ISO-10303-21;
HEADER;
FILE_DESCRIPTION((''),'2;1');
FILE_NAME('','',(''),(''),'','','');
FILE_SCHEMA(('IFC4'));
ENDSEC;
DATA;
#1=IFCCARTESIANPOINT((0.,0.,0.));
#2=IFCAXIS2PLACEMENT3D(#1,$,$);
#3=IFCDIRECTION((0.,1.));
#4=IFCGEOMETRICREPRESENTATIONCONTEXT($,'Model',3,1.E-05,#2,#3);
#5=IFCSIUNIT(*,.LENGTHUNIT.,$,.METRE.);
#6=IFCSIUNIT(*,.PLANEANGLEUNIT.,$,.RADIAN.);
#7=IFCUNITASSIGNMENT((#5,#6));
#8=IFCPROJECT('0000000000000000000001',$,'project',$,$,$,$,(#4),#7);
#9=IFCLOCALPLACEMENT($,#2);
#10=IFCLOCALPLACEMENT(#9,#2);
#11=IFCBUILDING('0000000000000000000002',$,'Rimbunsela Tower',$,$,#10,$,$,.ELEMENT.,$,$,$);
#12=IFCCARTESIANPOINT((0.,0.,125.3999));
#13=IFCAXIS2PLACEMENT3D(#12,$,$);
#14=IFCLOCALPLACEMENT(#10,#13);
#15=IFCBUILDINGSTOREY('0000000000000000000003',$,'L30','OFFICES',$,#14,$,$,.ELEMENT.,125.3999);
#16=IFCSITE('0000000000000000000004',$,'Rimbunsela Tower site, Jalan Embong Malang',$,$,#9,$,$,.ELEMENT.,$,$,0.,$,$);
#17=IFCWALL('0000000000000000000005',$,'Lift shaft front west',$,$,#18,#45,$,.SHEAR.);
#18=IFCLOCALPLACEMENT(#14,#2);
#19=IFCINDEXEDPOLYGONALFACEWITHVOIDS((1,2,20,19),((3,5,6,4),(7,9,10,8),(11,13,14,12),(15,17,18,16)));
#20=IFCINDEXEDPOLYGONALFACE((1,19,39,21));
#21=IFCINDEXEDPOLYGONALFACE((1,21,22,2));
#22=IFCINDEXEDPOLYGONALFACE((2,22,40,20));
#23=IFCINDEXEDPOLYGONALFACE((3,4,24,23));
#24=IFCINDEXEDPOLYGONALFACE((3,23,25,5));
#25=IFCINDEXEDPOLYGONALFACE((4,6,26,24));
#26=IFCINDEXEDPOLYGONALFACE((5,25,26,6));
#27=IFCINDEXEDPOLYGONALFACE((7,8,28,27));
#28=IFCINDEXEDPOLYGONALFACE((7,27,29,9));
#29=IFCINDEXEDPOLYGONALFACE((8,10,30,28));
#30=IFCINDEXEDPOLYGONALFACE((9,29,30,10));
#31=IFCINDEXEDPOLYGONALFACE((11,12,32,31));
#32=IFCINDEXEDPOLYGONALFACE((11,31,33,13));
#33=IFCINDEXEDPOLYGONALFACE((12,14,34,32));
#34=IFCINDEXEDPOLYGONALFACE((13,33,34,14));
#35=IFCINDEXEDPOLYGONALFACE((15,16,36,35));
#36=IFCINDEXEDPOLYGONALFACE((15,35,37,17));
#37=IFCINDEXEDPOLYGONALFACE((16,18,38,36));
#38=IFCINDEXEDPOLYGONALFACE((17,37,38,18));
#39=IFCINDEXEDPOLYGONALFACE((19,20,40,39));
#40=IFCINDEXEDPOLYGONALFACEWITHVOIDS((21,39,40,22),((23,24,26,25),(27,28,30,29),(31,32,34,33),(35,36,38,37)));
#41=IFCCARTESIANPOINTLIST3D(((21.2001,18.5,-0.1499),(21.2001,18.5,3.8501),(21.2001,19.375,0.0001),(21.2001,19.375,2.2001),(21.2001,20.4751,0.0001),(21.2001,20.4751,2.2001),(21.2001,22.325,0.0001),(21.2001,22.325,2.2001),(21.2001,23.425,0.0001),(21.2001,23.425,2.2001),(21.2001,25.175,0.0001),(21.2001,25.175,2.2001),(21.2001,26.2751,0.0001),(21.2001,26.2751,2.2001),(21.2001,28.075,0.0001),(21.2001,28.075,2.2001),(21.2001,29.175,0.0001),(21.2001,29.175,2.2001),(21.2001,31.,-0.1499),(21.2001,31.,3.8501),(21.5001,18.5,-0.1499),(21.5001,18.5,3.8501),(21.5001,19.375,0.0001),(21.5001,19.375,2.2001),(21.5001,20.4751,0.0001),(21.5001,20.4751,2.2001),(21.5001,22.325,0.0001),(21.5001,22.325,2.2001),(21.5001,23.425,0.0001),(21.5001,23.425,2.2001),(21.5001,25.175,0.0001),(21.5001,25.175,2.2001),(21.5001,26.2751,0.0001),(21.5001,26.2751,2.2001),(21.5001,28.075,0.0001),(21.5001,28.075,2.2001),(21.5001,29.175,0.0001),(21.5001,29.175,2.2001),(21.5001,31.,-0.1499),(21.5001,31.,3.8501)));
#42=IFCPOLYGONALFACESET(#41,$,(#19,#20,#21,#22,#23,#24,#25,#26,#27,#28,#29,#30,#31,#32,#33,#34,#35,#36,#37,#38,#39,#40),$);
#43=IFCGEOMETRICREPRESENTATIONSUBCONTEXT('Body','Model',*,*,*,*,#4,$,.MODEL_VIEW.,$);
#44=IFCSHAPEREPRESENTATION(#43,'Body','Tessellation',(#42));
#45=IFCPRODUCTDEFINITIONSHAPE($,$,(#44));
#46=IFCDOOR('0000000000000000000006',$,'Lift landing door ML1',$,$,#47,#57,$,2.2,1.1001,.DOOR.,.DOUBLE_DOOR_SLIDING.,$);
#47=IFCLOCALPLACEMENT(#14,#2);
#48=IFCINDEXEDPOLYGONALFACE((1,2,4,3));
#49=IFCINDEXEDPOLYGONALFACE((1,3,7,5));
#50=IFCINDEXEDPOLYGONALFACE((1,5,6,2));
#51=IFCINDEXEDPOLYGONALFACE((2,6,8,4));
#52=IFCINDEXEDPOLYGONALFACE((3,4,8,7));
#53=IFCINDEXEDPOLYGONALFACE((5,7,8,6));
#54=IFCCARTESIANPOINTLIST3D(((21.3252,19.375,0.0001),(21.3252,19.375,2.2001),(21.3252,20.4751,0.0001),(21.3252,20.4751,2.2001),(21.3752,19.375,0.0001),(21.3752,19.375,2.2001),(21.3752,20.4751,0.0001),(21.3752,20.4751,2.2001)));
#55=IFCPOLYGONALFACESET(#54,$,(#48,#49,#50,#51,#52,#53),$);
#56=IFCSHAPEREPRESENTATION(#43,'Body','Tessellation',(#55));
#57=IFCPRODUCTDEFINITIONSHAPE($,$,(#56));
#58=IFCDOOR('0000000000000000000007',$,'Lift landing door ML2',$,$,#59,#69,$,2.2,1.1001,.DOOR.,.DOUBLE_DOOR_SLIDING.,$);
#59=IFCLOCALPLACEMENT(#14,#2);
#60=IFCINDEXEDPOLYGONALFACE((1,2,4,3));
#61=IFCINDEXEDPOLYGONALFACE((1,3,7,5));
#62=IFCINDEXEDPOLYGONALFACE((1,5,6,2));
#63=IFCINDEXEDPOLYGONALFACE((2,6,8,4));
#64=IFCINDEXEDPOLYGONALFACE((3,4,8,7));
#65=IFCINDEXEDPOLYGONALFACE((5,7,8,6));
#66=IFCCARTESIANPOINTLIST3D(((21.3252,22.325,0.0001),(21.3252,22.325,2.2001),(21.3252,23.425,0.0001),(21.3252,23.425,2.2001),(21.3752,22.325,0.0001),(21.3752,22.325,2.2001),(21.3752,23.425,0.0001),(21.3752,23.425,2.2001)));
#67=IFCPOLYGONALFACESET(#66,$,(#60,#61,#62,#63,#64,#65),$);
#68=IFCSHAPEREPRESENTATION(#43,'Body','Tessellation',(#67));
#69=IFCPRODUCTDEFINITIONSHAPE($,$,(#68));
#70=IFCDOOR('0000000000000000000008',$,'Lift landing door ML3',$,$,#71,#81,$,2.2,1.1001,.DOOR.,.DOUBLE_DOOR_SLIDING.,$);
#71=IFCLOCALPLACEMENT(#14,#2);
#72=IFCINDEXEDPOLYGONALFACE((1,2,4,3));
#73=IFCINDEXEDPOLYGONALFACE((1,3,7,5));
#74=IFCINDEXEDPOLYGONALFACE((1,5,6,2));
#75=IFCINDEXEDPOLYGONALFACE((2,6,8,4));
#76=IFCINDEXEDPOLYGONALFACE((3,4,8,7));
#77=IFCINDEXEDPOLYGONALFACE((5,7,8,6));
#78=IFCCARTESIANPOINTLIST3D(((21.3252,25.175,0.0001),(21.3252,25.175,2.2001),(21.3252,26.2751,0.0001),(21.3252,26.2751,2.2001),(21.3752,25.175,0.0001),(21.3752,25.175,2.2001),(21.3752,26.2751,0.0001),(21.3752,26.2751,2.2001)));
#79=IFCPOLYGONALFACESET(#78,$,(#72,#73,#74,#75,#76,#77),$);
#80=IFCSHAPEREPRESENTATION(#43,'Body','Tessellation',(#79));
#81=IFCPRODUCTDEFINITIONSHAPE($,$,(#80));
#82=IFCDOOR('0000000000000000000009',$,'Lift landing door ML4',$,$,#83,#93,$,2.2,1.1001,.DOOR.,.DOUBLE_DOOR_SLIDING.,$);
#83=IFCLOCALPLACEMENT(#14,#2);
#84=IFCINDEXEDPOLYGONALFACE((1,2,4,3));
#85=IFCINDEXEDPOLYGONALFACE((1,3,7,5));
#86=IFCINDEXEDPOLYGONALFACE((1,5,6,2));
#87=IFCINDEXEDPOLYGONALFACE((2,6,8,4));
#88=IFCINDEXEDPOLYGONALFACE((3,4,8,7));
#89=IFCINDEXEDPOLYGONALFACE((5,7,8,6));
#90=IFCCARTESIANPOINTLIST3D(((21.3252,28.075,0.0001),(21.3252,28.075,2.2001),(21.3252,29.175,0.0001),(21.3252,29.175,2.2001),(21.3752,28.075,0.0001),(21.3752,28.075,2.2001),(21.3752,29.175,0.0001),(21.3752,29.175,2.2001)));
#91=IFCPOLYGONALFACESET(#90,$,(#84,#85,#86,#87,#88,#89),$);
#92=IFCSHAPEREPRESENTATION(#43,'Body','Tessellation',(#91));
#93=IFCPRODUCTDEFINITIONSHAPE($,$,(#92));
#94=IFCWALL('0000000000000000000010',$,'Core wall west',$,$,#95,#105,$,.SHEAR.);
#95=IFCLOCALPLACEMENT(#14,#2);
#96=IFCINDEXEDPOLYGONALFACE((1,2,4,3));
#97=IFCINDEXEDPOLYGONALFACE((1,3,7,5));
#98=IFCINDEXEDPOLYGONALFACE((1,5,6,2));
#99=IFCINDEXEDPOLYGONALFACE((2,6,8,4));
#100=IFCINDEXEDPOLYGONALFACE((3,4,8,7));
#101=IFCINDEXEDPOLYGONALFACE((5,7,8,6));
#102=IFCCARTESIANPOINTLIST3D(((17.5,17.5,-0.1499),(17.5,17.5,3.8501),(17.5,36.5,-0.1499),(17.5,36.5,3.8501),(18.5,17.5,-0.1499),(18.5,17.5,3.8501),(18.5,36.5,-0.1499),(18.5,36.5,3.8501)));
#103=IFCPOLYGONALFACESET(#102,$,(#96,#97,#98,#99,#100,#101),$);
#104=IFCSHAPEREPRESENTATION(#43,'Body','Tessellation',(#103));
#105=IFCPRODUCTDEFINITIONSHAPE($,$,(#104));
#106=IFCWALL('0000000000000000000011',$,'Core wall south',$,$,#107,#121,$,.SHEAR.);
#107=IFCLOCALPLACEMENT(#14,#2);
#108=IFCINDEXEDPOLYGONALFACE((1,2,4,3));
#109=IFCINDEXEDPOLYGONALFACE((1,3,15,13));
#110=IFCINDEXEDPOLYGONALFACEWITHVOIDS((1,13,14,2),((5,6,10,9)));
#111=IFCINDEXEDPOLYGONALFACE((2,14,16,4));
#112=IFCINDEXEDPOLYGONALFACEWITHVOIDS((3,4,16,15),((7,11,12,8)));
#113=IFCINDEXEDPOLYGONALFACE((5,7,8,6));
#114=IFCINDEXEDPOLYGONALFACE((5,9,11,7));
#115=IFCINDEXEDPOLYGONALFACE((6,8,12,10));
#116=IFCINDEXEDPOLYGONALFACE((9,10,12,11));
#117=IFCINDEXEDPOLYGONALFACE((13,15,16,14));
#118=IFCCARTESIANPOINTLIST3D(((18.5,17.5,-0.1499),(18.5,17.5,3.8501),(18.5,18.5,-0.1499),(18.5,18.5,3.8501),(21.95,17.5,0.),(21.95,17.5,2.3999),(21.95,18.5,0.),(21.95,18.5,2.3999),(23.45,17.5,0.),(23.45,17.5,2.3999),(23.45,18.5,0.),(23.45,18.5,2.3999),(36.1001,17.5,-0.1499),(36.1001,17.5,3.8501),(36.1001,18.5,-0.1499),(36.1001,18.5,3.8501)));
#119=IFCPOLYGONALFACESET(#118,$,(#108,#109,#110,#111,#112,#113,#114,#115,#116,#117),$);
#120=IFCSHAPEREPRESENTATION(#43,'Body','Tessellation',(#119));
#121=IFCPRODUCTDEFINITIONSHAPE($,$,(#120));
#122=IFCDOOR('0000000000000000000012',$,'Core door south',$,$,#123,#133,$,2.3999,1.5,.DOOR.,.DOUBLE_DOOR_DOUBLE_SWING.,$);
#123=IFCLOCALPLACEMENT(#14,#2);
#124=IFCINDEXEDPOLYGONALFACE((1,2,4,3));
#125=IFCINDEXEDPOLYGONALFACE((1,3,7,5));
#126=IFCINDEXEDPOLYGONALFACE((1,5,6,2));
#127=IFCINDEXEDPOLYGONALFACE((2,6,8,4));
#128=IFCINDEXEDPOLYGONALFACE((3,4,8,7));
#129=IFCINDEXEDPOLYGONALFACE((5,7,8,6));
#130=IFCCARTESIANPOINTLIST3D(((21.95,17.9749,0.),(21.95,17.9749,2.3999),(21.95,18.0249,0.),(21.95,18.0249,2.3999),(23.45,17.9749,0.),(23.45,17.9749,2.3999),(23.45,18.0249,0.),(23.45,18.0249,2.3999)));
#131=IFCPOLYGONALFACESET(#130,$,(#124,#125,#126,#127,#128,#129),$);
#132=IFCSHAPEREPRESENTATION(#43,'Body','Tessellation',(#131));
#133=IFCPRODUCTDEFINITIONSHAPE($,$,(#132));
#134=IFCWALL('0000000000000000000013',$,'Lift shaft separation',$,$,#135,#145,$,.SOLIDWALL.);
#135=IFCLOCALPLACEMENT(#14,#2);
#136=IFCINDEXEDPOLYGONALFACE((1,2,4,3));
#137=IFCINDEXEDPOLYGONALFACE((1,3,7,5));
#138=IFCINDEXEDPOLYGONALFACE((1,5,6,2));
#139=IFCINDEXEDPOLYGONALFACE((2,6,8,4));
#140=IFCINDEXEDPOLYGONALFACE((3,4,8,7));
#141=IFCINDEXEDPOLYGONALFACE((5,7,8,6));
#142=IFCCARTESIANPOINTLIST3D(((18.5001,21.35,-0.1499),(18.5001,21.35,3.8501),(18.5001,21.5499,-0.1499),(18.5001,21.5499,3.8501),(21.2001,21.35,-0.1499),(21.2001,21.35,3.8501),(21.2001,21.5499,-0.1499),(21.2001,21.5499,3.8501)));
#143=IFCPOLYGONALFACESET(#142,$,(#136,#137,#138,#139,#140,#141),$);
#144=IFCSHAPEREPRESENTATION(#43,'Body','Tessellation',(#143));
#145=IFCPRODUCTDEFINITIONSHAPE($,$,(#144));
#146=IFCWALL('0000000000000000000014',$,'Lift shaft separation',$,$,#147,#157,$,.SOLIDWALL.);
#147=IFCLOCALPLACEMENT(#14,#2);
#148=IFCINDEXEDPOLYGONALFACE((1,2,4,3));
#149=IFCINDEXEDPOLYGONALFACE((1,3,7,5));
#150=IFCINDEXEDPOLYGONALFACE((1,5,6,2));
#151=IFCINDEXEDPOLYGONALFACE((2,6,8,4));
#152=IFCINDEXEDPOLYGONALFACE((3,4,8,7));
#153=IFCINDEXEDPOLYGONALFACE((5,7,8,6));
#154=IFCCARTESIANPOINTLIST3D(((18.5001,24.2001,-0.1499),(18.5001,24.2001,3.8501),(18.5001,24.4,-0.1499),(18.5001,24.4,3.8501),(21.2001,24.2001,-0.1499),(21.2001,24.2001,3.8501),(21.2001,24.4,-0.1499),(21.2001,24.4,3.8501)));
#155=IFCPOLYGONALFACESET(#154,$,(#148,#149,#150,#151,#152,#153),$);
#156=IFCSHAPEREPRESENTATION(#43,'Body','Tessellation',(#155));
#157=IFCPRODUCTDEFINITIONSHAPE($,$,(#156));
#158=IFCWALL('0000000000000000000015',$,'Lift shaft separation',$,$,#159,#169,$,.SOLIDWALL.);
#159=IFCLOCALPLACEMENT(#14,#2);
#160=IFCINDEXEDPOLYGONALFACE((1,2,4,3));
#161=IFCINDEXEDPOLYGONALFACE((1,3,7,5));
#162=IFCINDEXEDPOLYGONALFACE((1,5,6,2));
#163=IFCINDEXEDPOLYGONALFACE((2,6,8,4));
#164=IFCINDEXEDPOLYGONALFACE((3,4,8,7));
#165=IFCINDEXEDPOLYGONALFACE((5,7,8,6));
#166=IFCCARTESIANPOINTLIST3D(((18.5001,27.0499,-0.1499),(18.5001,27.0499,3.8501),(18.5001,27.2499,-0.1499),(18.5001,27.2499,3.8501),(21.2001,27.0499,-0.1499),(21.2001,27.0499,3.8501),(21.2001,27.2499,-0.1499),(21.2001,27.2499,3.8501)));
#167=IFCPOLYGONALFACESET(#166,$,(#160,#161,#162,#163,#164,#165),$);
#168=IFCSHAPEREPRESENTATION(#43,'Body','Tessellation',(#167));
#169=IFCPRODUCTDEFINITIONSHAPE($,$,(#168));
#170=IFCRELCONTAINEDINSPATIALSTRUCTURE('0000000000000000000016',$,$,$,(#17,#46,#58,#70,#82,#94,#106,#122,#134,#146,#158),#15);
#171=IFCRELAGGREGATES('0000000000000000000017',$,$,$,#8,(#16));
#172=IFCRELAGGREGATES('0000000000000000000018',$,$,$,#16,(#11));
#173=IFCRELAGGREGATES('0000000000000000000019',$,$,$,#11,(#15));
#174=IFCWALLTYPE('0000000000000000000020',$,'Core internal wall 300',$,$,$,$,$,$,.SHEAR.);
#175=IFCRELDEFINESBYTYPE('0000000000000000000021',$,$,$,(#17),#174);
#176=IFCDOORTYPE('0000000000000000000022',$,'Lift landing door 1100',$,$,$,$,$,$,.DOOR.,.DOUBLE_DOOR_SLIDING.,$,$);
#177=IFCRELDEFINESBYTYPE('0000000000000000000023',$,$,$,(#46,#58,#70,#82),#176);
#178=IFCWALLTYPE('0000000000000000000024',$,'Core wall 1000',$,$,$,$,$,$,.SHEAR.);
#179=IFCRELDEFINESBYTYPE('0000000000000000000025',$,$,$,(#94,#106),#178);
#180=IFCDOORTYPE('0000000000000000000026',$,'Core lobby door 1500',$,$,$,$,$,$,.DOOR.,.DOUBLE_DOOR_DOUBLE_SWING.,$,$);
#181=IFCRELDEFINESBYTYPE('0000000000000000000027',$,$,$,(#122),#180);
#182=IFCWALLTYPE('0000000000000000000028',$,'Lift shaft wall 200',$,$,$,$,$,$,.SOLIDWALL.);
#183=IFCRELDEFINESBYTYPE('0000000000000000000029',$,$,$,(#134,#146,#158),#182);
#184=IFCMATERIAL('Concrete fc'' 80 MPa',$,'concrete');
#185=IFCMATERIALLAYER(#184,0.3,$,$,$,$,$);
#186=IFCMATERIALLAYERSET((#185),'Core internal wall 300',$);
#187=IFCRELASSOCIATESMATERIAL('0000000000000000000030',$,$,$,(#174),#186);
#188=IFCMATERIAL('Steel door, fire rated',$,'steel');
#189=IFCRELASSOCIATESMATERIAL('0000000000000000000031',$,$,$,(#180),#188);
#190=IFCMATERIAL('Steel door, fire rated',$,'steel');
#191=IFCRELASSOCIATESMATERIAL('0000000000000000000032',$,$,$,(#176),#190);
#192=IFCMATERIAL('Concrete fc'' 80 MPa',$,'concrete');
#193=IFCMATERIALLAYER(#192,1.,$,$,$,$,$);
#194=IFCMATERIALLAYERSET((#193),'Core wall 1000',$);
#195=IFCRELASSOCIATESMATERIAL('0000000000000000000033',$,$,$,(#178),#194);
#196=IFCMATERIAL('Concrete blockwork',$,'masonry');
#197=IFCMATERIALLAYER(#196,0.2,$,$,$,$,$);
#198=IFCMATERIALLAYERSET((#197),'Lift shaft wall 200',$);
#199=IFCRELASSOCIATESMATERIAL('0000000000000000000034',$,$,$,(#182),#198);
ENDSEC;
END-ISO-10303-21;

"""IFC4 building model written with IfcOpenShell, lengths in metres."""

from ifc_helpers import new_model, si_unit, direction, frame, frame_2d, origin, place, context, subcontext, project, spatial, rectangle, extrude, material, layer, layer_set, type_object, element, fill, save


model = new_model("IFC4")

# Units and contexts
model_context = context("Model", 3, precision=1e-05, world=origin(), true_north=direction((0.0, 1.0)))
body_context = subcontext(model_context, "Body", "Model", "MODEL_VIEW")
ifc_project = project(units=[si_unit("LENGTHUNIT", "METRE"), si_unit("PLANEANGLEUNIT", "RADIAN")], contexts=[model_context])

# Site, building, storey
site_placement = place(None, origin())
site = spatial("IfcSite", under=ifc_project, at=site_placement, Name="Rimbunsela Tower site, Jalan Embong Malang", CompositionType="ELEMENT", RefElevation=0.0)
building_placement = place(site_placement, origin())
building = spatial("IfcBuilding", under=site, at=building_placement, Name="Rimbunsela Tower", CompositionType="ELEMENT")
storey_placement = place(building_placement, frame((0.0, 0.0, 125.3999)))
storey = spatial("IfcBuildingStorey", under=building, at=storey_placement, Name="L30", Description="OFFICES", CompositionType="ELEMENT", Elevation=125.3999)

# Shared definitions
ifc_material_1 = material(Name="Concrete fc' 80 MPa", Category="concrete")
ifc_layer_1 = layer(ifc_material_1, 0.3)
ifc_layer_set_1 = layer_set([ifc_layer_1], Name="Core internal wall 300")
wall_type_1 = type_object("IfcWallType", Name="Core internal wall 300", PredefinedType="SHEAR", material=ifc_layer_set_1)
ifc_material_2 = material(Name="Steel door, fire rated", Category="steel")
door_type_1 = type_object("IfcDoorType", Name="Core lobby door 1500", OperationType="DOUBLE_DOOR_DOUBLE_SWING", PredefinedType="DOOR", material=ifc_material_2)

# Wall, openings, doors
wall_1_placement = place(storey_placement, frame((21.3501, 18.5, -0.1499), z_axis=(0.0, 0.0, 1.0), x_axis=(0.0, 1.0, 0.0)))
wall_1 = element("IfcWall", 1, at=wall_1_placement, inside=storey, type_object=wall_type_1, Name="Lift shaft front west", PredefinedType="SHEAR", context=body_context, shape_type="SweptSolid", body=[
    extrude(rectangle(XDim=12.5, YDim=0.3, at=frame_2d((6.25, 0.0))), origin(), (0.0, 0.0, 1.0), 4.0),
])
opening_1_placement = place(wall_1_placement, frame((0.875, 0.0, 0.1499)))
opening_1 = element("IfcOpeningElement", 2, at=opening_1_placement, cuts=wall_1, PredefinedType="OPENING", context=body_context, shape_type="SweptSolid", body=[
    extrude(rectangle(XDim=1.1001, YDim=2.2, at=frame_2d((0.55, 1.1001))), frame((0.0, 0.1599, 0.0), z_axis=(0.0, -1.0, 0.0), x_axis=(1.0, 0.0, 0.0)), (0.0, 0.0, 1.0), 0.3201),
])
opening_2_placement = place(wall_1_placement, frame((3.825, 0.0, 0.1499)))
opening_2 = element("IfcOpeningElement", 3, at=opening_2_placement, cuts=wall_1, PredefinedType="OPENING", context=body_context, shape_type="SweptSolid", body=[
    extrude(rectangle(XDim=1.1001, YDim=2.2, at=frame_2d((0.55, 1.1001))), frame((0.0, 0.1599, 0.0), z_axis=(0.0, -1.0, 0.0), x_axis=(1.0, 0.0, 0.0)), (0.0, 0.0, 1.0), 0.3201),
])
opening_3_placement = place(wall_1_placement, frame((6.675, 0.0, 0.1499)))
opening_3 = element("IfcOpeningElement", 4, at=opening_3_placement, cuts=wall_1, PredefinedType="OPENING", context=body_context, shape_type="SweptSolid", body=[
    extrude(rectangle(XDim=1.1001, YDim=2.2, at=frame_2d((0.55, 1.1001))), frame((0.0, 0.1599, 0.0), z_axis=(0.0, -1.0, 0.0), x_axis=(1.0, 0.0, 0.0)), (0.0, 0.0, 1.0), 0.3201),
])
opening_4_placement = place(wall_1_placement, frame((9.575, 0.0, 0.1499)))
opening_4 = element("IfcOpeningElement", 5, at=opening_4_placement, cuts=wall_1, PredefinedType="OPENING", context=body_context, shape_type="SweptSolid", body=[
    extrude(rectangle(XDim=1.1001, YDim=2.2, at=frame_2d((0.55, 1.1001))), frame((0.0, 0.1599, 0.0), z_axis=(0.0, -1.0, 0.0), x_axis=(1.0, 0.0, 0.0)), (0.0, 0.0, 1.0), 0.3201),
])
ifc_material_3 = material(Name="Steel door, fire rated", Category="steel")
door_type_2 = type_object("IfcDoorType", Name="Lift landing door 1100", OperationType="DOUBLE_DOOR_SLIDING", PredefinedType="DOOR", material=ifc_material_3)
door_1_placement = place(opening_1_placement, origin())
door_1 = element("IfcDoor", 6, at=door_1_placement, inside=storey, type_object=door_type_2, Name="Lift landing door ML1", OperationType="DOUBLE_DOOR_SLIDING", OverallHeight=2.2, OverallWidth=1.1001, PredefinedType="DOOR", context=body_context, shape_type="SweptSolid", body=[
    extrude(rectangle(XDim=1.1001, YDim=2.2, at=frame_2d((0.55, 1.1001))), frame((0.0, 0.0249, 0.0), z_axis=(0.0, -1.0, 0.0), x_axis=(1.0, 0.0, 0.0)), (0.0, 0.0, 1.0), 0.05),
])
fill(opening_1, door_1)
door_2_placement = place(opening_2_placement, origin())
door_2 = element("IfcDoor", 7, at=door_2_placement, inside=storey, type_object=door_type_2, Name="Lift landing door ML2", OperationType="DOUBLE_DOOR_SLIDING", OverallHeight=2.2, OverallWidth=1.1001, PredefinedType="DOOR", context=body_context, shape_type="SweptSolid", body=[
    extrude(rectangle(XDim=1.1001, YDim=2.2, at=frame_2d((0.55, 1.1001))), frame((0.0, 0.0249, 0.0), z_axis=(0.0, -1.0, 0.0), x_axis=(1.0, 0.0, 0.0)), (0.0, 0.0, 1.0), 0.05),
])
fill(opening_2, door_2)
door_3_placement = place(opening_3_placement, origin())
door_3 = element("IfcDoor", 8, at=door_3_placement, inside=storey, type_object=door_type_2, Name="Lift landing door ML3", OperationType="DOUBLE_DOOR_SLIDING", OverallHeight=2.2, OverallWidth=1.1001, PredefinedType="DOOR", context=body_context, shape_type="SweptSolid", body=[
    extrude(rectangle(XDim=1.1001, YDim=2.2, at=frame_2d((0.55, 1.1001))), frame((0.0, 0.0249, 0.0), z_axis=(0.0, -1.0, 0.0), x_axis=(1.0, 0.0, 0.0)), (0.0, 0.0, 1.0), 0.05),
])
fill(opening_3, door_3)
door_4_placement = place(opening_4_placement, origin())
door_4 = element("IfcDoor", 9, at=door_4_placement, inside=storey, type_object=door_type_2, Name="Lift landing door ML4", OperationType="DOUBLE_DOOR_SLIDING", OverallHeight=2.2, OverallWidth=1.1001, PredefinedType="DOOR", context=body_context, shape_type="SweptSolid", body=[
    extrude(rectangle(XDim=1.1001, YDim=2.2, at=frame_2d((0.55, 1.1001))), frame((0.0, 0.0249, 0.0), z_axis=(0.0, -1.0, 0.0), x_axis=(1.0, 0.0, 0.0)), (0.0, 0.0, 1.0), 0.05),
])
fill(opening_4, door_4)

# Wall
ifc_material_4 = material(Name="Concrete fc' 80 MPa", Category="concrete")
ifc_layer_2 = layer(ifc_material_4, 1.0)
ifc_layer_set_2 = layer_set([ifc_layer_2], Name="Core wall 1000")
wall_type_2 = type_object("IfcWallType", Name="Core wall 1000", PredefinedType="SHEAR", material=ifc_layer_set_2)
wall_2_placement = place(storey_placement, frame((18.0, 17.5, -0.1499), z_axis=(0.0, 0.0, 1.0), x_axis=(0.0, 1.0, 0.0)))
element("IfcWall", 10, at=wall_2_placement, inside=storey, type_object=wall_type_2, Name="Core wall west", PredefinedType="SHEAR", context=body_context, shape_type="SweptSolid", body=[
    extrude(rectangle(XDim=19.0, YDim=1.0, at=frame_2d((9.5, 0.0))), origin(), (0.0, 0.0, 1.0), 4.0),
])

# Wall, opening, door
wall_3_placement = place(storey_placement, frame((18.5, 18.0, -0.1499), z_axis=(0.0, 0.0, 1.0), x_axis=(1.0, 0.0, 0.0)))
wall_3 = element("IfcWall", 11, at=wall_3_placement, inside=storey, type_object=wall_type_2, Name="Core wall south", PredefinedType="SHEAR", context=body_context, shape_type="SweptSolid", body=[
    extrude(rectangle(XDim=17.6001, YDim=1.0, at=frame_2d((8.8, 0.0))), origin(), (0.0, 0.0, 1.0), 4.0),
])
opening_5_placement = place(wall_3_placement, frame((3.45, 0.0, 0.1499)))
opening_5 = element("IfcOpeningElement", 12, at=opening_5_placement, cuts=wall_3, PredefinedType="OPENING", context=body_context, shape_type="SweptSolid", body=[
    extrude(rectangle(XDim=1.5, YDim=2.3999, at=frame_2d((0.75, 1.2))), frame((0.0, 0.51, 0.0), z_axis=(0.0, -1.0, 0.0), x_axis=(1.0, 0.0, 0.0)), (0.0, 0.0, 1.0), 1.02),
])
door_5_placement = place(opening_5_placement, origin())
door_5 = element("IfcDoor", 13, at=door_5_placement, inside=storey, type_object=door_type_1, Name="Core door south", OperationType="DOUBLE_DOOR_DOUBLE_SWING", OverallHeight=2.3999, OverallWidth=1.5, PredefinedType="DOOR", context=body_context, shape_type="SweptSolid", body=[
    extrude(rectangle(XDim=1.5, YDim=2.3999, at=frame_2d((0.75, 1.2))), frame((0.0, 0.0249, 0.0), z_axis=(0.0, -1.0, 0.0), x_axis=(1.0, 0.0, 0.0)), (0.0, 0.0, 1.0), 0.05),
])
fill(opening_5, door_5)

# Walls
ifc_material_5 = material(Name="Concrete blockwork", Category="masonry")
ifc_layer_3 = layer(ifc_material_5, 0.2)
ifc_layer_set_3 = layer_set([ifc_layer_3], Name="Lift shaft wall 200")
wall_type_3 = type_object("IfcWallType", Name="Lift shaft wall 200", PredefinedType="SOLIDWALL", material=ifc_layer_set_3)
for number, where, z_axis, x_axis, name in (
    (14, (18.5, 21.45, -0.1499), (0.0, 0.0, 1.0), (1.0, 0.0, 0.0), "Lift shaft separation"),
    (15, (18.5, 24.3, -0.1499), (0.0, 0.0, 1.0), (1.0, 0.0, 0.0), "Lift shaft separation"),
    (16, (18.5, 27.1499, -0.1499), (0.0, 0.0, 1.0), (1.0, 0.0, 0.0), "Lift shaft separation"),
):
    element("IfcWall", number, at=place(storey_placement, frame(where, z_axis=z_axis, x_axis=x_axis)), inside=storey, type_object=wall_type_3, Name=name, PredefinedType="SOLIDWALL", context=body_context, shape_type="SweptSolid", body=[
        extrude(rectangle(XDim=2.7, YDim=0.2, at=frame_2d((1.3501, 0.0))), origin(), (0.0, 0.0, 1.0), 4.0),
    ])

save(model, "model.ifc")
